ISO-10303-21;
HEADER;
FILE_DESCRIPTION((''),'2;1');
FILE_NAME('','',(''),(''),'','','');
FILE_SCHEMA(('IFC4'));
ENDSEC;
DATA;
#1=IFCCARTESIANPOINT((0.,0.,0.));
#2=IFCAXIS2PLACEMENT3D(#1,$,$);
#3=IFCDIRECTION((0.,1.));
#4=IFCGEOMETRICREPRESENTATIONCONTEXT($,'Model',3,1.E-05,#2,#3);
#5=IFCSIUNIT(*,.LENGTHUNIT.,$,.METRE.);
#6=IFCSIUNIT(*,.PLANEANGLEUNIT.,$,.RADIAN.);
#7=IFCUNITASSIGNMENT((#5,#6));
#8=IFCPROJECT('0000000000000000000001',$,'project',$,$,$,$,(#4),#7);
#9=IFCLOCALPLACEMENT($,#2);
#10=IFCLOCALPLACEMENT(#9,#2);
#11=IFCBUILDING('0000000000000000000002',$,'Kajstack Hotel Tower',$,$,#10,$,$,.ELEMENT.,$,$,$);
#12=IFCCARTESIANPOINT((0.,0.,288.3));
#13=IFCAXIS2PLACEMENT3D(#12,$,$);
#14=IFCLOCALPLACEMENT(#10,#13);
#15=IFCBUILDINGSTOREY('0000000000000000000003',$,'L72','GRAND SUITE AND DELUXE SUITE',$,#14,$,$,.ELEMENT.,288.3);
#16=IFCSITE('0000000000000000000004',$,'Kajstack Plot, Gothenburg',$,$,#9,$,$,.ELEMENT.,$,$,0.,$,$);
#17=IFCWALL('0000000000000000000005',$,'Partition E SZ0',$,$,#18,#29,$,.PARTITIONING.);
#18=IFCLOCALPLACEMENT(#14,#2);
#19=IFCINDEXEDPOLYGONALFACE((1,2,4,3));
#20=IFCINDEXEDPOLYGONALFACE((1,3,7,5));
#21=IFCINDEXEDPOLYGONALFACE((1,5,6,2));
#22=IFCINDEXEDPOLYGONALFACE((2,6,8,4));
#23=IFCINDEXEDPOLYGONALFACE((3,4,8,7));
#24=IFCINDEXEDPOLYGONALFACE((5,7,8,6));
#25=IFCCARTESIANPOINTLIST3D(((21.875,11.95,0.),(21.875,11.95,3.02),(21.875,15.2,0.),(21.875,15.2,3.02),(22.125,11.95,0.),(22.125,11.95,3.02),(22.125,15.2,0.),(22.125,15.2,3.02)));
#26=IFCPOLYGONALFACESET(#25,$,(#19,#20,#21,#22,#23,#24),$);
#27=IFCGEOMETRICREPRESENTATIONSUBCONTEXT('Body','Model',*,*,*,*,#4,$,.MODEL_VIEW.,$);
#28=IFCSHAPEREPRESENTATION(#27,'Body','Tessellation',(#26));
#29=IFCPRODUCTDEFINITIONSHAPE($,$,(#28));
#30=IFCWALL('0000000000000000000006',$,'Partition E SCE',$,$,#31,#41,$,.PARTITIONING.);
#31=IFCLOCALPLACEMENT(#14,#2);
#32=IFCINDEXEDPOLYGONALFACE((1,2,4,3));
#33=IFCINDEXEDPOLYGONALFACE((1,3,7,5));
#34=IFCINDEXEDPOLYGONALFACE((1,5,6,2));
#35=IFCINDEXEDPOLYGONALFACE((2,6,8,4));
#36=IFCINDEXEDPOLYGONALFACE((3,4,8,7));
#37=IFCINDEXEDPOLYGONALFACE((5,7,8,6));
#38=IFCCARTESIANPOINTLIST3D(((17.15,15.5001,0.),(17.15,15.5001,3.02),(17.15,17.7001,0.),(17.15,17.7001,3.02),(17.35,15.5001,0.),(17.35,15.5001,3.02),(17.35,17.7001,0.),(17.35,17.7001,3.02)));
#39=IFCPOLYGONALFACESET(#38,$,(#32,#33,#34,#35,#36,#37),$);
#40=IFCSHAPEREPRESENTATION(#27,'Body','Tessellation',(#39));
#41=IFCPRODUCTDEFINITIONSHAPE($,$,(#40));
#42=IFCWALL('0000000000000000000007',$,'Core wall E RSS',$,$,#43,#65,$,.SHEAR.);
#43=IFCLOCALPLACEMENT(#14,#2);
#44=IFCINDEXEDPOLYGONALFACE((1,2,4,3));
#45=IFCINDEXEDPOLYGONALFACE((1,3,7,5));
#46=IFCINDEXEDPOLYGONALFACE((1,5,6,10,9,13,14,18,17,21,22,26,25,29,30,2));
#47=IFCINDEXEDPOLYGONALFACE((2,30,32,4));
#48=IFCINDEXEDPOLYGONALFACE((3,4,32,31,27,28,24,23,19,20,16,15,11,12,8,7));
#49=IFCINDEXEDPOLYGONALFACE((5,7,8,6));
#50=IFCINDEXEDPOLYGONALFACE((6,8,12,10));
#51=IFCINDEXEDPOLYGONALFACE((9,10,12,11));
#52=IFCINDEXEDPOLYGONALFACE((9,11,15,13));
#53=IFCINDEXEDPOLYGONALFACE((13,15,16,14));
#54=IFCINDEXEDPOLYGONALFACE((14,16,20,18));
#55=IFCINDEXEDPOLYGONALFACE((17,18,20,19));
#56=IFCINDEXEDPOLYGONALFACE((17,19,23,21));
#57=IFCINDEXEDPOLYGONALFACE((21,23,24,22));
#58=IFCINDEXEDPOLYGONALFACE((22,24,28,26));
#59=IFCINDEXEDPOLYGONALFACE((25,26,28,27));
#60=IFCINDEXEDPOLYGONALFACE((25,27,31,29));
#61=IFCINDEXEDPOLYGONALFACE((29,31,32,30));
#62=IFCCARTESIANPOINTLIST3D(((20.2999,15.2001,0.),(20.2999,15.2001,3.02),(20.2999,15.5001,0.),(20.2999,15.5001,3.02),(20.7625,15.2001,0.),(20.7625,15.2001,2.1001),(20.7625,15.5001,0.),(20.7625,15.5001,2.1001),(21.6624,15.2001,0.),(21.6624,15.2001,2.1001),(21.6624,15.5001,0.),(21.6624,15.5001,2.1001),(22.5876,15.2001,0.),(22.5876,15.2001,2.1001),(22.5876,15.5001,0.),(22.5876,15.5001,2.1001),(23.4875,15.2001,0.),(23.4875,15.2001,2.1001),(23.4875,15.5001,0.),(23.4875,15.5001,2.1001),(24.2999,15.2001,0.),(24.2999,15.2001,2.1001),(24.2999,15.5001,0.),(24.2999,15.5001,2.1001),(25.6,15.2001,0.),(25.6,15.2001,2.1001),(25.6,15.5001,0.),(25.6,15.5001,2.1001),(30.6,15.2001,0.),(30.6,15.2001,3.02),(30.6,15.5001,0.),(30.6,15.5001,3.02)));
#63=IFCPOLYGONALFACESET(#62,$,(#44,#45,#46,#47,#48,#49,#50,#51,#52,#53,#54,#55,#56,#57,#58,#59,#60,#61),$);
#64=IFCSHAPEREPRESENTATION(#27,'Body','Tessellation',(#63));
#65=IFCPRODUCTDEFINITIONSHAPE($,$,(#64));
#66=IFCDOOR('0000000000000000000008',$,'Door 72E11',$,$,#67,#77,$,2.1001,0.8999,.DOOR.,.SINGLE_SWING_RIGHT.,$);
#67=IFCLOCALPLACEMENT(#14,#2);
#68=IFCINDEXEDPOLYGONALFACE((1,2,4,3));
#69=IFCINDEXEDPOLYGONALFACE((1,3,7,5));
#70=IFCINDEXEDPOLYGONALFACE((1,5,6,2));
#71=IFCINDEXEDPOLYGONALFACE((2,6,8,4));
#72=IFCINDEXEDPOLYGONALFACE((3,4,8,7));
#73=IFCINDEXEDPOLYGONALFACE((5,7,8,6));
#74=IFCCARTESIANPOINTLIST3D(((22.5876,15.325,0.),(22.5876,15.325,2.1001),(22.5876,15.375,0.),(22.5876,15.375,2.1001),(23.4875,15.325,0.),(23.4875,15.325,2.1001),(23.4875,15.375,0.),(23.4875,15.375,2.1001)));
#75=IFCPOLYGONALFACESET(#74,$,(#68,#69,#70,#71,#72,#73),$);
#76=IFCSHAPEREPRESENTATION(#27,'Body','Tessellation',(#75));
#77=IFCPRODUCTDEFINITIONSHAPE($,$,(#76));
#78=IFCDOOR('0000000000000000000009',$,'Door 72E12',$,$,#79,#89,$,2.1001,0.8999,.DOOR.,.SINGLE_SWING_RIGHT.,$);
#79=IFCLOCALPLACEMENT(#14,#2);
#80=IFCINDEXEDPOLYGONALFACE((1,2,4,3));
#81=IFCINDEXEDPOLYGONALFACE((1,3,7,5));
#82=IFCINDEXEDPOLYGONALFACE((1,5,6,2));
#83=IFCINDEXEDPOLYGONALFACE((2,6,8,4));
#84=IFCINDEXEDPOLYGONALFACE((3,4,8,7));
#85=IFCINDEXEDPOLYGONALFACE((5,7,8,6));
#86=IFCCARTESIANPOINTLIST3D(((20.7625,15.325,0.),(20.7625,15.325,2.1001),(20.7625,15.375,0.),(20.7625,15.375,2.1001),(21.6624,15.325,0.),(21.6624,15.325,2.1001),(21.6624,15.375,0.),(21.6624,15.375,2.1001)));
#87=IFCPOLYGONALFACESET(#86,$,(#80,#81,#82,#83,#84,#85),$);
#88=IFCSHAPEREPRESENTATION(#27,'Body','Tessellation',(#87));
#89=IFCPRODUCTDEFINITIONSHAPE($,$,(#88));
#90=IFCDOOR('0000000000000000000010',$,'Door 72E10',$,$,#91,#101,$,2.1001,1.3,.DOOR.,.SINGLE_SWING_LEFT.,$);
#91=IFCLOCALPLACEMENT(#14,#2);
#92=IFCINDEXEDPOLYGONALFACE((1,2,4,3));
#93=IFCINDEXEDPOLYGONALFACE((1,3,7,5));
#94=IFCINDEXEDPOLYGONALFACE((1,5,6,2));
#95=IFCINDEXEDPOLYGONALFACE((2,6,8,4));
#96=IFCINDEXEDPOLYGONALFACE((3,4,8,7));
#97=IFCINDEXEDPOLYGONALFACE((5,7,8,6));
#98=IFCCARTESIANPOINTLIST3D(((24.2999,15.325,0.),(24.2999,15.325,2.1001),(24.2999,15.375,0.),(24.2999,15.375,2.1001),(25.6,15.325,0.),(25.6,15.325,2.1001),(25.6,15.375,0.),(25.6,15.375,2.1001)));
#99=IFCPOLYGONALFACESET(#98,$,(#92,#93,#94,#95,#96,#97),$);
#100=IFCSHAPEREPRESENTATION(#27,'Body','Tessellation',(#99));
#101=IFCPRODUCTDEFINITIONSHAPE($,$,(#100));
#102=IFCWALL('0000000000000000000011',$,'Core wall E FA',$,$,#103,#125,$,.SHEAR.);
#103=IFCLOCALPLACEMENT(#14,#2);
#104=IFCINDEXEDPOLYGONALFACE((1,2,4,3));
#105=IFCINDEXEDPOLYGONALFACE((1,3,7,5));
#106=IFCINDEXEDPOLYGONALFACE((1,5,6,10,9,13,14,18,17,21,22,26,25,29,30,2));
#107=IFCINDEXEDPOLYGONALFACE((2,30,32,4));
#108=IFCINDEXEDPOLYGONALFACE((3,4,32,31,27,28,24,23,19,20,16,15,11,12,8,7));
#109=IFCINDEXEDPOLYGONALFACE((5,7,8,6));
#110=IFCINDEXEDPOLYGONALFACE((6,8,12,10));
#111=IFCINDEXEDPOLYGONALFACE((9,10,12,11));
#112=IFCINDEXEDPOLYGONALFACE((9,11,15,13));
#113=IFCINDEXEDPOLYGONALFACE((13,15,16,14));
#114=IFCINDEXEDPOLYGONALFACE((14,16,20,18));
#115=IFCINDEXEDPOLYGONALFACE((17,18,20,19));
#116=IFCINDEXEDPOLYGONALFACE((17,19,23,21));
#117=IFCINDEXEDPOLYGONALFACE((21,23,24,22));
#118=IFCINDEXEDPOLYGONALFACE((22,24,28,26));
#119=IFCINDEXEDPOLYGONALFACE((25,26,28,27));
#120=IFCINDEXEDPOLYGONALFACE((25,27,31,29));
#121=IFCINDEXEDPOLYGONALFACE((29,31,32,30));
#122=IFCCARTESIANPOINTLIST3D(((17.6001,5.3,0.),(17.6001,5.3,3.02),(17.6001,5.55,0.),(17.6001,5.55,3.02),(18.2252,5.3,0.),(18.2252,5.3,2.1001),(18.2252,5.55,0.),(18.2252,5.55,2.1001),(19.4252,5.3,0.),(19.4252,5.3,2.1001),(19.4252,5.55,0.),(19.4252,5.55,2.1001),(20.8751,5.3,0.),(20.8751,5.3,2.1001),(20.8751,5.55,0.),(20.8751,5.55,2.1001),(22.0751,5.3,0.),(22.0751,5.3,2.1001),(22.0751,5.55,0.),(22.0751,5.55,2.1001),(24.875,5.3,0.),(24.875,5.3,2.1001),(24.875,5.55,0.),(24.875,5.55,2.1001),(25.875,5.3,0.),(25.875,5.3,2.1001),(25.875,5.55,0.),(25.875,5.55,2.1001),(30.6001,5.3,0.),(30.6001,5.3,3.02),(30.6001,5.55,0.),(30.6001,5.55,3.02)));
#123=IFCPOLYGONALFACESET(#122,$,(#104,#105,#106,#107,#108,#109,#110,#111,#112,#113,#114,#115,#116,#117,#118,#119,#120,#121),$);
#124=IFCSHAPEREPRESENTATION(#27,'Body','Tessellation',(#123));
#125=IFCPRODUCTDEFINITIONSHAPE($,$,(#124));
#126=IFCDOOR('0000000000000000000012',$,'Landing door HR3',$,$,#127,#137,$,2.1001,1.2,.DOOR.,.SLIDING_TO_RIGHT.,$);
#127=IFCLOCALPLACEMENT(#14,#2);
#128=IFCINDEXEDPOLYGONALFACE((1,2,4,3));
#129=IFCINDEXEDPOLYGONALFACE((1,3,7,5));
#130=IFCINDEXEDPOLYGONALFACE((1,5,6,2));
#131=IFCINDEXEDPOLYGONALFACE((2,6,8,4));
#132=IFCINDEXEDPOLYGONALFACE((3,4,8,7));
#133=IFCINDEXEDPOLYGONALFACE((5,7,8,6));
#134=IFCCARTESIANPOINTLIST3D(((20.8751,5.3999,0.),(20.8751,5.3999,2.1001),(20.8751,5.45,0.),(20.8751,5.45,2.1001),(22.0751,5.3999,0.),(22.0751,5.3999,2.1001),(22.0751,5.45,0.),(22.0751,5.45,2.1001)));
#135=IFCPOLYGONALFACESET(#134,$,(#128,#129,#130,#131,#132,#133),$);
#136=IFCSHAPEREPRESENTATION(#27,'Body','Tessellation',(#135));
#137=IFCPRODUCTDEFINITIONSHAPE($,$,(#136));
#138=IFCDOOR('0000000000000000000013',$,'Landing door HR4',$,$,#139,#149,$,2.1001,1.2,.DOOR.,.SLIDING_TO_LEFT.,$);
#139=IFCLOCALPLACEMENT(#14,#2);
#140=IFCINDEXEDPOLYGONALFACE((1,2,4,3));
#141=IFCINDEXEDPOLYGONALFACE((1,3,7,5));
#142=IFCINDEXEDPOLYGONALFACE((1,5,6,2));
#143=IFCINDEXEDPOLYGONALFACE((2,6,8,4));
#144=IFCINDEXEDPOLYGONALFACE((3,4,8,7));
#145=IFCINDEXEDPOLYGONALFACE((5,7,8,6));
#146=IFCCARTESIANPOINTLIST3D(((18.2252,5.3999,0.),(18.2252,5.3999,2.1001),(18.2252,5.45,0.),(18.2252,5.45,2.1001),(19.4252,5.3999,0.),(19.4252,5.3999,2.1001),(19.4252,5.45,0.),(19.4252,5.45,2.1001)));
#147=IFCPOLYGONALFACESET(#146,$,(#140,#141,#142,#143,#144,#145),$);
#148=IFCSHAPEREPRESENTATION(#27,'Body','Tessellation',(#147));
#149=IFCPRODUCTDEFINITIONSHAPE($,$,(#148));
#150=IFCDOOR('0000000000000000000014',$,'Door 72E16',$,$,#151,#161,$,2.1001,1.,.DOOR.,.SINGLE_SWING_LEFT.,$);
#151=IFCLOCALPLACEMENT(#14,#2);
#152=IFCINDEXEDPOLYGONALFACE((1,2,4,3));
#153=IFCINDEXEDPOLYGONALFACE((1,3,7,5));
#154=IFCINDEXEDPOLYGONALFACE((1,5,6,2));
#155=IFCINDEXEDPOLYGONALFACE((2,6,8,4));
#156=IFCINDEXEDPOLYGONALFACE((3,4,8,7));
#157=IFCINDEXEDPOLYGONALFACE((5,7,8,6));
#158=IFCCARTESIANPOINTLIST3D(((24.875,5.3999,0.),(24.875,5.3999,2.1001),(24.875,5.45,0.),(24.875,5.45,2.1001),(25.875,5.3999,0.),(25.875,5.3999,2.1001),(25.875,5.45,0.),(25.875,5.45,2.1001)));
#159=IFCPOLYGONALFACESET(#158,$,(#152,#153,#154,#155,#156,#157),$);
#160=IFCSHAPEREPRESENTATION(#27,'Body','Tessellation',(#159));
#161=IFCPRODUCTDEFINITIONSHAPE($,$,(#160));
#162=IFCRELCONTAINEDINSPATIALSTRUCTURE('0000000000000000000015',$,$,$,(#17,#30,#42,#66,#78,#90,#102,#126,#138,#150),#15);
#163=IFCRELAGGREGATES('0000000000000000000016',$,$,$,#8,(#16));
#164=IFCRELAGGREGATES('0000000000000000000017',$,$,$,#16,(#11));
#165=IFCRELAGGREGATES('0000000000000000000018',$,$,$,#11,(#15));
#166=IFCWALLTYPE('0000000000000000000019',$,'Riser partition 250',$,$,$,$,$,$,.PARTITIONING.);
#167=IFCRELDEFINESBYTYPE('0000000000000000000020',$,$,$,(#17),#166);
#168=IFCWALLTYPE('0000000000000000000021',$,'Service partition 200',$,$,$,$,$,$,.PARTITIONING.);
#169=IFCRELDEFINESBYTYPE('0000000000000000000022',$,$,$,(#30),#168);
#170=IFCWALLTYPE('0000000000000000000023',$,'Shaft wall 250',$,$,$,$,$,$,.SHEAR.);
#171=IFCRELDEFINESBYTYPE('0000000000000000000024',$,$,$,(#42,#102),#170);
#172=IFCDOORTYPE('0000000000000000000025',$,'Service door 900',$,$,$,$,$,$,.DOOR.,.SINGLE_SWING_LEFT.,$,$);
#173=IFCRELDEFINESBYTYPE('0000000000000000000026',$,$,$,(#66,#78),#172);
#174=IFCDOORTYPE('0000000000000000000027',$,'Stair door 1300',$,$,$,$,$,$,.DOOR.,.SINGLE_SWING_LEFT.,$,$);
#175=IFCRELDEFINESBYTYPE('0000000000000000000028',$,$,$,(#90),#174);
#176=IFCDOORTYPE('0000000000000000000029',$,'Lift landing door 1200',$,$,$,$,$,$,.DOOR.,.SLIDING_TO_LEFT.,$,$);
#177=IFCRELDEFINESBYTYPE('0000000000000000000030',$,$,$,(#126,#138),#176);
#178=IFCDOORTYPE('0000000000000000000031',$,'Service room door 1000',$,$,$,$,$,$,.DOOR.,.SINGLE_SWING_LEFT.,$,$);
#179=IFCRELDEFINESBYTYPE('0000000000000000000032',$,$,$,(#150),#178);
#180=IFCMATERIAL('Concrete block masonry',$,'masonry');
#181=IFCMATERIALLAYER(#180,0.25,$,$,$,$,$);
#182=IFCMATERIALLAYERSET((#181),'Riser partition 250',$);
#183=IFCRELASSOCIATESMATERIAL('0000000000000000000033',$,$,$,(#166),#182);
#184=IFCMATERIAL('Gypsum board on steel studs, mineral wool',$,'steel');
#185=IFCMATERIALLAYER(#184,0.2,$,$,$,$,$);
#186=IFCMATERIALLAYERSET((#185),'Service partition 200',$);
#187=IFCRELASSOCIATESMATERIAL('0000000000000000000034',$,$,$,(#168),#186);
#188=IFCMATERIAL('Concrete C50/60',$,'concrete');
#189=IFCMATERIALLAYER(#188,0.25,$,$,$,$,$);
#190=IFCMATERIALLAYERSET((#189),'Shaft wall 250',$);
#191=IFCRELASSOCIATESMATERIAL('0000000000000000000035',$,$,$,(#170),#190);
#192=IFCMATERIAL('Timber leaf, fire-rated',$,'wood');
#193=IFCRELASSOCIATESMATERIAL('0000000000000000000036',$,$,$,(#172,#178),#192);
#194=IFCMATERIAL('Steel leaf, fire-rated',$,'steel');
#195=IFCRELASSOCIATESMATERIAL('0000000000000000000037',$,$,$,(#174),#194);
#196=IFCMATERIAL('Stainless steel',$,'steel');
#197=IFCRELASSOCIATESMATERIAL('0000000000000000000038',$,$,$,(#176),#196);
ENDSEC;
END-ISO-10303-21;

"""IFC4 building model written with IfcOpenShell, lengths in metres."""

from ifc_helpers import new_model, si_unit, direction, frame, frame_2d, origin, place, context, subcontext, project, spatial, rectangle, extrude, material, layer, layer_set, type_object, element, fill, save


model = new_model("IFC4")

# Units and contexts
model_context = context("Model", 3, precision=1e-05, world=origin(), true_north=direction((0.0, 1.0)))
body_context = subcontext(model_context, "Body", "Model", "MODEL_VIEW")
ifc_project = project(units=[si_unit("LENGTHUNIT", "METRE"), si_unit("PLANEANGLEUNIT", "RADIAN")], contexts=[model_context])

# Site, building, storey
site_placement = place(None, origin())
site = spatial("IfcSite", under=ifc_project, at=site_placement, Name="Kajstack Plot, Gothenburg", CompositionType="ELEMENT", RefElevation=0.0)
building_placement = place(site_placement, origin())
building = spatial("IfcBuilding", under=site, at=building_placement, Name="Kajstack Hotel Tower", CompositionType="ELEMENT")
storey_placement = place(building_placement, frame((0.0, 0.0, 288.3)))
storey = spatial("IfcBuildingStorey", under=building, at=storey_placement, Name="L72", Description="GRAND SUITE AND DELUXE SUITE", CompositionType="ELEMENT", Elevation=288.3)

# Walls
ifc_material_1 = material(Name="Concrete block masonry", Category="masonry")
ifc_layer_1 = layer(ifc_material_1, 0.25)
ifc_layer_set_1 = layer_set([ifc_layer_1], Name="Riser partition 250")
wall_type_1 = type_object("IfcWallType", Name="Riser partition 250", PredefinedType="PARTITIONING", material=ifc_layer_set_1)
wall_1_placement = place(storey_placement, frame((22.0, 11.95, 0.0), z_axis=(0.0, 0.0, 1.0), x_axis=(0.0, 1.0, 0.0)))
element("IfcWall", 1, at=wall_1_placement, inside=storey, type_object=wall_type_1, Name="Partition E SZ0", PredefinedType="PARTITIONING", context=body_context, shape_type="SweptSolid", body=[
    extrude(rectangle(XDim=3.25, YDim=0.25, at=frame_2d((1.625, 0.0))), origin(), (0.0, 0.0, 1.0), 3.02),
])
ifc_material_2 = material(Name="Gypsum board on steel studs, mineral wool", Category="steel")
ifc_layer_2 = layer(ifc_material_2, 0.2)
ifc_layer_set_2 = layer_set([ifc_layer_2], Name="Service partition 200")
wall_type_2 = type_object("IfcWallType", Name="Service partition 200", PredefinedType="PARTITIONING", material=ifc_layer_set_2)
wall_2_placement = place(storey_placement, frame((17.25, 15.5, 0.0), z_axis=(0.0, 0.0, 1.0), x_axis=(0.0, 1.0, 0.0)))
element("IfcWall", 2, at=wall_2_placement, inside=storey, type_object=wall_type_2, Name="Partition E SCE", PredefinedType="PARTITIONING", context=body_context, shape_type="SweptSolid", body=[
    extrude(rectangle(XDim=2.2, YDim=0.2, at=frame_2d((1.1001, 0.0))), origin(), (0.0, 0.0, 1.0), 3.02),
])

# Walls, openings, doors
ifc_material_3 = material(Name="Concrete C50/60", Category="concrete")
ifc_layer_3 = layer(ifc_material_3, 0.25)
ifc_layer_set_3 = layer_set([ifc_layer_3], Name="Shaft wall 250")
wall_type_3 = type_object("IfcWallType", Name="Shaft wall 250", PredefinedType="SHEAR", material=ifc_layer_set_3)
wall_3_placement = place(storey_placement, frame((20.3, 15.3501, 0.0), z_axis=(0.0, 0.0, 1.0), x_axis=(1.0, 0.0, 0.0)))
wall_3 = element("IfcWall", 3, at=wall_3_placement, inside=storey, type_object=wall_type_3, Name="Core wall E RSS", PredefinedType="SHEAR", context=body_context, shape_type="SweptSolid", body=[
    extrude(rectangle(XDim=10.3, YDim=0.3, at=frame_2d((5.1499, 0.0))), origin(), (0.0, 0.0, 1.0), 3.02),
])
opening_1_placement = place(wall_3_placement, frame((4.0, 0.0, 0.0)))
opening_1 = element("IfcOpeningElement", 4, at=opening_1_placement, cuts=wall_3, PredefinedType="OPENING", context=body_context, shape_type="SweptSolid", body=[
    extrude(rectangle(XDim=1.3, YDim=2.1001, at=frame_2d((0.6499, 1.05))), frame((0.0, 0.1599, 0.0), z_axis=(0.0, -1.0, 0.0), x_axis=(1.0, 0.0, 0.0)), (0.0, 0.0, 1.0), 0.3201),
])
opening_2_placement = place(wall_3_placement, frame((2.2876, 0.0, 0.0)))
opening_2 = element("IfcOpeningElement", 5, at=opening_2_placement, cuts=wall_3, PredefinedType="OPENING", context=body_context, shape_type="SweptSolid", body=[
    extrude(rectangle(XDim=0.8999, YDim=2.1001, at=frame_2d((0.45, 1.05))), frame((0.0, 0.1599, 0.0), z_axis=(0.0, -1.0, 0.0), x_axis=(1.0, 0.0, 0.0)), (0.0, 0.0, 1.0), 0.3201),
])
opening_3_placement = place(wall_3_placement, frame((0.4624, 0.0, 0.0)))
opening_3 = element("IfcOpeningElement", 6, at=opening_3_placement, cuts=wall_3, PredefinedType="OPENING", context=body_context, shape_type="SweptSolid", body=[
    extrude(rectangle(XDim=0.8999, YDim=2.1001, at=frame_2d((0.45, 1.05))), frame((0.0, 0.1599, 0.0), z_axis=(0.0, -1.0, 0.0), x_axis=(1.0, 0.0, 0.0)), (0.0, 0.0, 1.0), 0.3201),
])
ifc_material_4 = material(Name="Timber leaf, fire-rated", Category="wood")
door_type_1 = type_object("IfcDoorType", Name="Service door 900", OperationType="SINGLE_SWING_LEFT", PredefinedType="DOOR", material=ifc_material_4)
door_1_placement = place(opening_2_placement, origin())
door_1 = element("IfcDoor", 7, at=door_1_placement, inside=storey, type_object=door_type_1, Name="Door 72E11", OperationType="SINGLE_SWING_RIGHT", OverallHeight=2.1001, OverallWidth=0.8999, PredefinedType="DOOR", context=body_context, shape_type="SweptSolid", body=[
    extrude(rectangle(XDim=0.8999, YDim=2.1001, at=frame_2d((0.45, 1.05))), frame((0.0, 0.0249, 0.0), z_axis=(0.0, -1.0, 0.0), x_axis=(1.0, 0.0, 0.0)), (0.0, 0.0, 1.0), 0.05),
])
fill(opening_2, door_1)
door_2_placement = place(opening_3_placement, origin())
door_2 = element("IfcDoor", 8, at=door_2_placement, inside=storey, type_object=door_type_1, Name="Door 72E12", OperationType="SINGLE_SWING_RIGHT", OverallHeight=2.1001, OverallWidth=0.8999, PredefinedType="DOOR", context=body_context, shape_type="SweptSolid", body=[
    extrude(rectangle(XDim=0.8999, YDim=2.1001, at=frame_2d((0.45, 1.05))), frame((0.0, 0.0249, 0.0), z_axis=(0.0, -1.0, 0.0), x_axis=(1.0, 0.0, 0.0)), (0.0, 0.0, 1.0), 0.05),
])
fill(opening_3, door_2)
ifc_material_5 = material(Name="Steel leaf, fire-rated", Category="steel")
door_type_2 = type_object("IfcDoorType", Name="Stair door 1300", OperationType="SINGLE_SWING_LEFT", PredefinedType="DOOR", material=ifc_material_5)
door_3_placement = place(opening_1_placement, origin())
door_3 = element("IfcDoor", 9, at=door_3_placement, inside=storey, type_object=door_type_2, Name="Door 72E10", OperationType="SINGLE_SWING_LEFT", OverallHeight=2.1001, OverallWidth=1.3, PredefinedType="DOOR", context=body_context, shape_type="SweptSolid", body=[
    extrude(rectangle(XDim=1.3, YDim=2.1001, at=frame_2d((0.6499, 1.05))), frame((0.0, 0.0249, 0.0), z_axis=(0.0, -1.0, 0.0), x_axis=(1.0, 0.0, 0.0)), (0.0, 0.0, 1.0), 0.05),
])
fill(opening_1, door_3)
wall_4_placement = place(storey_placement, frame((17.6001, 5.425, 0.0), z_axis=(0.0, 0.0, 1.0), x_axis=(1.0, 0.0, 0.0)))
wall_4 = element("IfcWall", 10, at=wall_4_placement, inside=storey, type_object=wall_type_3, Name="Core wall E FA", PredefinedType="SHEAR", context=body_context, shape_type="SweptSolid", body=[
    extrude(rectangle(XDim=13.0, YDim=0.25, at=frame_2d((6.5, 0.0))), origin(), (0.0, 0.0, 1.0), 3.02),
])
opening_4_placement = place(wall_4_placement, frame((3.2749, 0.0, 0.0)))
opening_4 = element("IfcOpeningElement", 11, at=opening_4_placement, cuts=wall_4, PredefinedType="OPENING", context=body_context, shape_type="SweptSolid", body=[
    extrude(rectangle(XDim=1.2, YDim=2.1001, at=frame_2d((0.6001, 1.05))), frame((0.0, 0.135, 0.0), z_axis=(0.0, -1.0, 0.0), x_axis=(1.0, 0.0, 0.0)), (0.0, 0.0, 1.0), 0.27),
])
opening_5_placement = place(wall_4_placement, frame((0.625, 0.0, 0.0)))
opening_5 = element("IfcOpeningElement", 12, at=opening_5_placement, cuts=wall_4, PredefinedType="OPENING", context=body_context, shape_type="SweptSolid", body=[
    extrude(rectangle(XDim=1.2, YDim=2.1001, at=frame_2d((0.6001, 1.05))), frame((0.0, 0.135, 0.0), z_axis=(0.0, -1.0, 0.0), x_axis=(1.0, 0.0, 0.0)), (0.0, 0.0, 1.0), 0.27),
])
opening_6_placement = place(wall_4_placement, frame((7.2749, 0.0, 0.0)))
opening_6 = element("IfcOpeningElement", 13, at=opening_6_placement, cuts=wall_4, PredefinedType="OPENING", context=body_context, shape_type="SweptSolid", body=[
    extrude(rectangle(XDim=1.0, YDim=2.1001, at=frame_2d((0.5, 1.05))), frame((0.0, 0.135, 0.0), z_axis=(0.0, -1.0, 0.0), x_axis=(1.0, 0.0, 0.0)), (0.0, 0.0, 1.0), 0.27),
])
ifc_material_6 = material(Name="Stainless steel", Category="steel")
door_type_3 = type_object("IfcDoorType", Name="Lift landing door 1200", OperationType="SLIDING_TO_LEFT", PredefinedType="DOOR", material=ifc_material_6)
door_4_placement = place(opening_4_placement, origin())
door_4 = element("IfcDoor", 14, at=door_4_placement, inside=storey, type_object=door_type_3, Name="Landing door HR3", OperationType="SLIDING_TO_RIGHT", OverallHeight=2.1001, OverallWidth=1.2, PredefinedType="DOOR", context=body_context, shape_type="SweptSolid", body=[
    extrude(rectangle(XDim=1.2, YDim=2.1001, at=frame_2d((0.6001, 1.05))), frame((0.0, 0.0249, 0.0), z_axis=(0.0, -1.0, 0.0), x_axis=(1.0, 0.0, 0.0)), (0.0, 0.0, 1.0), 0.05),
])
fill(opening_4, door_4)
door_5_placement = place(opening_5_placement, origin())
door_5 = element("IfcDoor", 15, at=door_5_placement, inside=storey, type_object=door_type_3, Name="Landing door HR4", OperationType="SLIDING_TO_LEFT", OverallHeight=2.1001, OverallWidth=1.2, PredefinedType="DOOR", context=body_context, shape_type="SweptSolid", body=[
    extrude(rectangle(XDim=1.2, YDim=2.1001, at=frame_2d((0.6001, 1.05))), frame((0.0, 0.0249, 0.0), z_axis=(0.0, -1.0, 0.0), x_axis=(1.0, 0.0, 0.0)), (0.0, 0.0, 1.0), 0.05),
])
fill(opening_5, door_5)
door_type_4 = type_object("IfcDoorType", Name="Service room door 1000", OperationType="SINGLE_SWING_LEFT", PredefinedType="DOOR", material=ifc_material_4)
door_6_placement = place(opening_6_placement, origin())
door_6 = element("IfcDoor", 16, at=door_6_placement, inside=storey, type_object=door_type_4, Name="Door 72E16", OperationType="SINGLE_SWING_LEFT", OverallHeight=2.1001, OverallWidth=1.0, PredefinedType="DOOR", context=body_context, shape_type="SweptSolid", body=[
    extrude(rectangle(XDim=1.0, YDim=2.1001, at=frame_2d((0.5, 1.05))), frame((0.0, 0.0249, 0.0), z_axis=(0.0, -1.0, 0.0), x_axis=(1.0, 0.0, 0.0)), (0.0, 0.0, 1.0), 0.05),
])
fill(opening_6, door_6)

save(model, "model.ifc")
